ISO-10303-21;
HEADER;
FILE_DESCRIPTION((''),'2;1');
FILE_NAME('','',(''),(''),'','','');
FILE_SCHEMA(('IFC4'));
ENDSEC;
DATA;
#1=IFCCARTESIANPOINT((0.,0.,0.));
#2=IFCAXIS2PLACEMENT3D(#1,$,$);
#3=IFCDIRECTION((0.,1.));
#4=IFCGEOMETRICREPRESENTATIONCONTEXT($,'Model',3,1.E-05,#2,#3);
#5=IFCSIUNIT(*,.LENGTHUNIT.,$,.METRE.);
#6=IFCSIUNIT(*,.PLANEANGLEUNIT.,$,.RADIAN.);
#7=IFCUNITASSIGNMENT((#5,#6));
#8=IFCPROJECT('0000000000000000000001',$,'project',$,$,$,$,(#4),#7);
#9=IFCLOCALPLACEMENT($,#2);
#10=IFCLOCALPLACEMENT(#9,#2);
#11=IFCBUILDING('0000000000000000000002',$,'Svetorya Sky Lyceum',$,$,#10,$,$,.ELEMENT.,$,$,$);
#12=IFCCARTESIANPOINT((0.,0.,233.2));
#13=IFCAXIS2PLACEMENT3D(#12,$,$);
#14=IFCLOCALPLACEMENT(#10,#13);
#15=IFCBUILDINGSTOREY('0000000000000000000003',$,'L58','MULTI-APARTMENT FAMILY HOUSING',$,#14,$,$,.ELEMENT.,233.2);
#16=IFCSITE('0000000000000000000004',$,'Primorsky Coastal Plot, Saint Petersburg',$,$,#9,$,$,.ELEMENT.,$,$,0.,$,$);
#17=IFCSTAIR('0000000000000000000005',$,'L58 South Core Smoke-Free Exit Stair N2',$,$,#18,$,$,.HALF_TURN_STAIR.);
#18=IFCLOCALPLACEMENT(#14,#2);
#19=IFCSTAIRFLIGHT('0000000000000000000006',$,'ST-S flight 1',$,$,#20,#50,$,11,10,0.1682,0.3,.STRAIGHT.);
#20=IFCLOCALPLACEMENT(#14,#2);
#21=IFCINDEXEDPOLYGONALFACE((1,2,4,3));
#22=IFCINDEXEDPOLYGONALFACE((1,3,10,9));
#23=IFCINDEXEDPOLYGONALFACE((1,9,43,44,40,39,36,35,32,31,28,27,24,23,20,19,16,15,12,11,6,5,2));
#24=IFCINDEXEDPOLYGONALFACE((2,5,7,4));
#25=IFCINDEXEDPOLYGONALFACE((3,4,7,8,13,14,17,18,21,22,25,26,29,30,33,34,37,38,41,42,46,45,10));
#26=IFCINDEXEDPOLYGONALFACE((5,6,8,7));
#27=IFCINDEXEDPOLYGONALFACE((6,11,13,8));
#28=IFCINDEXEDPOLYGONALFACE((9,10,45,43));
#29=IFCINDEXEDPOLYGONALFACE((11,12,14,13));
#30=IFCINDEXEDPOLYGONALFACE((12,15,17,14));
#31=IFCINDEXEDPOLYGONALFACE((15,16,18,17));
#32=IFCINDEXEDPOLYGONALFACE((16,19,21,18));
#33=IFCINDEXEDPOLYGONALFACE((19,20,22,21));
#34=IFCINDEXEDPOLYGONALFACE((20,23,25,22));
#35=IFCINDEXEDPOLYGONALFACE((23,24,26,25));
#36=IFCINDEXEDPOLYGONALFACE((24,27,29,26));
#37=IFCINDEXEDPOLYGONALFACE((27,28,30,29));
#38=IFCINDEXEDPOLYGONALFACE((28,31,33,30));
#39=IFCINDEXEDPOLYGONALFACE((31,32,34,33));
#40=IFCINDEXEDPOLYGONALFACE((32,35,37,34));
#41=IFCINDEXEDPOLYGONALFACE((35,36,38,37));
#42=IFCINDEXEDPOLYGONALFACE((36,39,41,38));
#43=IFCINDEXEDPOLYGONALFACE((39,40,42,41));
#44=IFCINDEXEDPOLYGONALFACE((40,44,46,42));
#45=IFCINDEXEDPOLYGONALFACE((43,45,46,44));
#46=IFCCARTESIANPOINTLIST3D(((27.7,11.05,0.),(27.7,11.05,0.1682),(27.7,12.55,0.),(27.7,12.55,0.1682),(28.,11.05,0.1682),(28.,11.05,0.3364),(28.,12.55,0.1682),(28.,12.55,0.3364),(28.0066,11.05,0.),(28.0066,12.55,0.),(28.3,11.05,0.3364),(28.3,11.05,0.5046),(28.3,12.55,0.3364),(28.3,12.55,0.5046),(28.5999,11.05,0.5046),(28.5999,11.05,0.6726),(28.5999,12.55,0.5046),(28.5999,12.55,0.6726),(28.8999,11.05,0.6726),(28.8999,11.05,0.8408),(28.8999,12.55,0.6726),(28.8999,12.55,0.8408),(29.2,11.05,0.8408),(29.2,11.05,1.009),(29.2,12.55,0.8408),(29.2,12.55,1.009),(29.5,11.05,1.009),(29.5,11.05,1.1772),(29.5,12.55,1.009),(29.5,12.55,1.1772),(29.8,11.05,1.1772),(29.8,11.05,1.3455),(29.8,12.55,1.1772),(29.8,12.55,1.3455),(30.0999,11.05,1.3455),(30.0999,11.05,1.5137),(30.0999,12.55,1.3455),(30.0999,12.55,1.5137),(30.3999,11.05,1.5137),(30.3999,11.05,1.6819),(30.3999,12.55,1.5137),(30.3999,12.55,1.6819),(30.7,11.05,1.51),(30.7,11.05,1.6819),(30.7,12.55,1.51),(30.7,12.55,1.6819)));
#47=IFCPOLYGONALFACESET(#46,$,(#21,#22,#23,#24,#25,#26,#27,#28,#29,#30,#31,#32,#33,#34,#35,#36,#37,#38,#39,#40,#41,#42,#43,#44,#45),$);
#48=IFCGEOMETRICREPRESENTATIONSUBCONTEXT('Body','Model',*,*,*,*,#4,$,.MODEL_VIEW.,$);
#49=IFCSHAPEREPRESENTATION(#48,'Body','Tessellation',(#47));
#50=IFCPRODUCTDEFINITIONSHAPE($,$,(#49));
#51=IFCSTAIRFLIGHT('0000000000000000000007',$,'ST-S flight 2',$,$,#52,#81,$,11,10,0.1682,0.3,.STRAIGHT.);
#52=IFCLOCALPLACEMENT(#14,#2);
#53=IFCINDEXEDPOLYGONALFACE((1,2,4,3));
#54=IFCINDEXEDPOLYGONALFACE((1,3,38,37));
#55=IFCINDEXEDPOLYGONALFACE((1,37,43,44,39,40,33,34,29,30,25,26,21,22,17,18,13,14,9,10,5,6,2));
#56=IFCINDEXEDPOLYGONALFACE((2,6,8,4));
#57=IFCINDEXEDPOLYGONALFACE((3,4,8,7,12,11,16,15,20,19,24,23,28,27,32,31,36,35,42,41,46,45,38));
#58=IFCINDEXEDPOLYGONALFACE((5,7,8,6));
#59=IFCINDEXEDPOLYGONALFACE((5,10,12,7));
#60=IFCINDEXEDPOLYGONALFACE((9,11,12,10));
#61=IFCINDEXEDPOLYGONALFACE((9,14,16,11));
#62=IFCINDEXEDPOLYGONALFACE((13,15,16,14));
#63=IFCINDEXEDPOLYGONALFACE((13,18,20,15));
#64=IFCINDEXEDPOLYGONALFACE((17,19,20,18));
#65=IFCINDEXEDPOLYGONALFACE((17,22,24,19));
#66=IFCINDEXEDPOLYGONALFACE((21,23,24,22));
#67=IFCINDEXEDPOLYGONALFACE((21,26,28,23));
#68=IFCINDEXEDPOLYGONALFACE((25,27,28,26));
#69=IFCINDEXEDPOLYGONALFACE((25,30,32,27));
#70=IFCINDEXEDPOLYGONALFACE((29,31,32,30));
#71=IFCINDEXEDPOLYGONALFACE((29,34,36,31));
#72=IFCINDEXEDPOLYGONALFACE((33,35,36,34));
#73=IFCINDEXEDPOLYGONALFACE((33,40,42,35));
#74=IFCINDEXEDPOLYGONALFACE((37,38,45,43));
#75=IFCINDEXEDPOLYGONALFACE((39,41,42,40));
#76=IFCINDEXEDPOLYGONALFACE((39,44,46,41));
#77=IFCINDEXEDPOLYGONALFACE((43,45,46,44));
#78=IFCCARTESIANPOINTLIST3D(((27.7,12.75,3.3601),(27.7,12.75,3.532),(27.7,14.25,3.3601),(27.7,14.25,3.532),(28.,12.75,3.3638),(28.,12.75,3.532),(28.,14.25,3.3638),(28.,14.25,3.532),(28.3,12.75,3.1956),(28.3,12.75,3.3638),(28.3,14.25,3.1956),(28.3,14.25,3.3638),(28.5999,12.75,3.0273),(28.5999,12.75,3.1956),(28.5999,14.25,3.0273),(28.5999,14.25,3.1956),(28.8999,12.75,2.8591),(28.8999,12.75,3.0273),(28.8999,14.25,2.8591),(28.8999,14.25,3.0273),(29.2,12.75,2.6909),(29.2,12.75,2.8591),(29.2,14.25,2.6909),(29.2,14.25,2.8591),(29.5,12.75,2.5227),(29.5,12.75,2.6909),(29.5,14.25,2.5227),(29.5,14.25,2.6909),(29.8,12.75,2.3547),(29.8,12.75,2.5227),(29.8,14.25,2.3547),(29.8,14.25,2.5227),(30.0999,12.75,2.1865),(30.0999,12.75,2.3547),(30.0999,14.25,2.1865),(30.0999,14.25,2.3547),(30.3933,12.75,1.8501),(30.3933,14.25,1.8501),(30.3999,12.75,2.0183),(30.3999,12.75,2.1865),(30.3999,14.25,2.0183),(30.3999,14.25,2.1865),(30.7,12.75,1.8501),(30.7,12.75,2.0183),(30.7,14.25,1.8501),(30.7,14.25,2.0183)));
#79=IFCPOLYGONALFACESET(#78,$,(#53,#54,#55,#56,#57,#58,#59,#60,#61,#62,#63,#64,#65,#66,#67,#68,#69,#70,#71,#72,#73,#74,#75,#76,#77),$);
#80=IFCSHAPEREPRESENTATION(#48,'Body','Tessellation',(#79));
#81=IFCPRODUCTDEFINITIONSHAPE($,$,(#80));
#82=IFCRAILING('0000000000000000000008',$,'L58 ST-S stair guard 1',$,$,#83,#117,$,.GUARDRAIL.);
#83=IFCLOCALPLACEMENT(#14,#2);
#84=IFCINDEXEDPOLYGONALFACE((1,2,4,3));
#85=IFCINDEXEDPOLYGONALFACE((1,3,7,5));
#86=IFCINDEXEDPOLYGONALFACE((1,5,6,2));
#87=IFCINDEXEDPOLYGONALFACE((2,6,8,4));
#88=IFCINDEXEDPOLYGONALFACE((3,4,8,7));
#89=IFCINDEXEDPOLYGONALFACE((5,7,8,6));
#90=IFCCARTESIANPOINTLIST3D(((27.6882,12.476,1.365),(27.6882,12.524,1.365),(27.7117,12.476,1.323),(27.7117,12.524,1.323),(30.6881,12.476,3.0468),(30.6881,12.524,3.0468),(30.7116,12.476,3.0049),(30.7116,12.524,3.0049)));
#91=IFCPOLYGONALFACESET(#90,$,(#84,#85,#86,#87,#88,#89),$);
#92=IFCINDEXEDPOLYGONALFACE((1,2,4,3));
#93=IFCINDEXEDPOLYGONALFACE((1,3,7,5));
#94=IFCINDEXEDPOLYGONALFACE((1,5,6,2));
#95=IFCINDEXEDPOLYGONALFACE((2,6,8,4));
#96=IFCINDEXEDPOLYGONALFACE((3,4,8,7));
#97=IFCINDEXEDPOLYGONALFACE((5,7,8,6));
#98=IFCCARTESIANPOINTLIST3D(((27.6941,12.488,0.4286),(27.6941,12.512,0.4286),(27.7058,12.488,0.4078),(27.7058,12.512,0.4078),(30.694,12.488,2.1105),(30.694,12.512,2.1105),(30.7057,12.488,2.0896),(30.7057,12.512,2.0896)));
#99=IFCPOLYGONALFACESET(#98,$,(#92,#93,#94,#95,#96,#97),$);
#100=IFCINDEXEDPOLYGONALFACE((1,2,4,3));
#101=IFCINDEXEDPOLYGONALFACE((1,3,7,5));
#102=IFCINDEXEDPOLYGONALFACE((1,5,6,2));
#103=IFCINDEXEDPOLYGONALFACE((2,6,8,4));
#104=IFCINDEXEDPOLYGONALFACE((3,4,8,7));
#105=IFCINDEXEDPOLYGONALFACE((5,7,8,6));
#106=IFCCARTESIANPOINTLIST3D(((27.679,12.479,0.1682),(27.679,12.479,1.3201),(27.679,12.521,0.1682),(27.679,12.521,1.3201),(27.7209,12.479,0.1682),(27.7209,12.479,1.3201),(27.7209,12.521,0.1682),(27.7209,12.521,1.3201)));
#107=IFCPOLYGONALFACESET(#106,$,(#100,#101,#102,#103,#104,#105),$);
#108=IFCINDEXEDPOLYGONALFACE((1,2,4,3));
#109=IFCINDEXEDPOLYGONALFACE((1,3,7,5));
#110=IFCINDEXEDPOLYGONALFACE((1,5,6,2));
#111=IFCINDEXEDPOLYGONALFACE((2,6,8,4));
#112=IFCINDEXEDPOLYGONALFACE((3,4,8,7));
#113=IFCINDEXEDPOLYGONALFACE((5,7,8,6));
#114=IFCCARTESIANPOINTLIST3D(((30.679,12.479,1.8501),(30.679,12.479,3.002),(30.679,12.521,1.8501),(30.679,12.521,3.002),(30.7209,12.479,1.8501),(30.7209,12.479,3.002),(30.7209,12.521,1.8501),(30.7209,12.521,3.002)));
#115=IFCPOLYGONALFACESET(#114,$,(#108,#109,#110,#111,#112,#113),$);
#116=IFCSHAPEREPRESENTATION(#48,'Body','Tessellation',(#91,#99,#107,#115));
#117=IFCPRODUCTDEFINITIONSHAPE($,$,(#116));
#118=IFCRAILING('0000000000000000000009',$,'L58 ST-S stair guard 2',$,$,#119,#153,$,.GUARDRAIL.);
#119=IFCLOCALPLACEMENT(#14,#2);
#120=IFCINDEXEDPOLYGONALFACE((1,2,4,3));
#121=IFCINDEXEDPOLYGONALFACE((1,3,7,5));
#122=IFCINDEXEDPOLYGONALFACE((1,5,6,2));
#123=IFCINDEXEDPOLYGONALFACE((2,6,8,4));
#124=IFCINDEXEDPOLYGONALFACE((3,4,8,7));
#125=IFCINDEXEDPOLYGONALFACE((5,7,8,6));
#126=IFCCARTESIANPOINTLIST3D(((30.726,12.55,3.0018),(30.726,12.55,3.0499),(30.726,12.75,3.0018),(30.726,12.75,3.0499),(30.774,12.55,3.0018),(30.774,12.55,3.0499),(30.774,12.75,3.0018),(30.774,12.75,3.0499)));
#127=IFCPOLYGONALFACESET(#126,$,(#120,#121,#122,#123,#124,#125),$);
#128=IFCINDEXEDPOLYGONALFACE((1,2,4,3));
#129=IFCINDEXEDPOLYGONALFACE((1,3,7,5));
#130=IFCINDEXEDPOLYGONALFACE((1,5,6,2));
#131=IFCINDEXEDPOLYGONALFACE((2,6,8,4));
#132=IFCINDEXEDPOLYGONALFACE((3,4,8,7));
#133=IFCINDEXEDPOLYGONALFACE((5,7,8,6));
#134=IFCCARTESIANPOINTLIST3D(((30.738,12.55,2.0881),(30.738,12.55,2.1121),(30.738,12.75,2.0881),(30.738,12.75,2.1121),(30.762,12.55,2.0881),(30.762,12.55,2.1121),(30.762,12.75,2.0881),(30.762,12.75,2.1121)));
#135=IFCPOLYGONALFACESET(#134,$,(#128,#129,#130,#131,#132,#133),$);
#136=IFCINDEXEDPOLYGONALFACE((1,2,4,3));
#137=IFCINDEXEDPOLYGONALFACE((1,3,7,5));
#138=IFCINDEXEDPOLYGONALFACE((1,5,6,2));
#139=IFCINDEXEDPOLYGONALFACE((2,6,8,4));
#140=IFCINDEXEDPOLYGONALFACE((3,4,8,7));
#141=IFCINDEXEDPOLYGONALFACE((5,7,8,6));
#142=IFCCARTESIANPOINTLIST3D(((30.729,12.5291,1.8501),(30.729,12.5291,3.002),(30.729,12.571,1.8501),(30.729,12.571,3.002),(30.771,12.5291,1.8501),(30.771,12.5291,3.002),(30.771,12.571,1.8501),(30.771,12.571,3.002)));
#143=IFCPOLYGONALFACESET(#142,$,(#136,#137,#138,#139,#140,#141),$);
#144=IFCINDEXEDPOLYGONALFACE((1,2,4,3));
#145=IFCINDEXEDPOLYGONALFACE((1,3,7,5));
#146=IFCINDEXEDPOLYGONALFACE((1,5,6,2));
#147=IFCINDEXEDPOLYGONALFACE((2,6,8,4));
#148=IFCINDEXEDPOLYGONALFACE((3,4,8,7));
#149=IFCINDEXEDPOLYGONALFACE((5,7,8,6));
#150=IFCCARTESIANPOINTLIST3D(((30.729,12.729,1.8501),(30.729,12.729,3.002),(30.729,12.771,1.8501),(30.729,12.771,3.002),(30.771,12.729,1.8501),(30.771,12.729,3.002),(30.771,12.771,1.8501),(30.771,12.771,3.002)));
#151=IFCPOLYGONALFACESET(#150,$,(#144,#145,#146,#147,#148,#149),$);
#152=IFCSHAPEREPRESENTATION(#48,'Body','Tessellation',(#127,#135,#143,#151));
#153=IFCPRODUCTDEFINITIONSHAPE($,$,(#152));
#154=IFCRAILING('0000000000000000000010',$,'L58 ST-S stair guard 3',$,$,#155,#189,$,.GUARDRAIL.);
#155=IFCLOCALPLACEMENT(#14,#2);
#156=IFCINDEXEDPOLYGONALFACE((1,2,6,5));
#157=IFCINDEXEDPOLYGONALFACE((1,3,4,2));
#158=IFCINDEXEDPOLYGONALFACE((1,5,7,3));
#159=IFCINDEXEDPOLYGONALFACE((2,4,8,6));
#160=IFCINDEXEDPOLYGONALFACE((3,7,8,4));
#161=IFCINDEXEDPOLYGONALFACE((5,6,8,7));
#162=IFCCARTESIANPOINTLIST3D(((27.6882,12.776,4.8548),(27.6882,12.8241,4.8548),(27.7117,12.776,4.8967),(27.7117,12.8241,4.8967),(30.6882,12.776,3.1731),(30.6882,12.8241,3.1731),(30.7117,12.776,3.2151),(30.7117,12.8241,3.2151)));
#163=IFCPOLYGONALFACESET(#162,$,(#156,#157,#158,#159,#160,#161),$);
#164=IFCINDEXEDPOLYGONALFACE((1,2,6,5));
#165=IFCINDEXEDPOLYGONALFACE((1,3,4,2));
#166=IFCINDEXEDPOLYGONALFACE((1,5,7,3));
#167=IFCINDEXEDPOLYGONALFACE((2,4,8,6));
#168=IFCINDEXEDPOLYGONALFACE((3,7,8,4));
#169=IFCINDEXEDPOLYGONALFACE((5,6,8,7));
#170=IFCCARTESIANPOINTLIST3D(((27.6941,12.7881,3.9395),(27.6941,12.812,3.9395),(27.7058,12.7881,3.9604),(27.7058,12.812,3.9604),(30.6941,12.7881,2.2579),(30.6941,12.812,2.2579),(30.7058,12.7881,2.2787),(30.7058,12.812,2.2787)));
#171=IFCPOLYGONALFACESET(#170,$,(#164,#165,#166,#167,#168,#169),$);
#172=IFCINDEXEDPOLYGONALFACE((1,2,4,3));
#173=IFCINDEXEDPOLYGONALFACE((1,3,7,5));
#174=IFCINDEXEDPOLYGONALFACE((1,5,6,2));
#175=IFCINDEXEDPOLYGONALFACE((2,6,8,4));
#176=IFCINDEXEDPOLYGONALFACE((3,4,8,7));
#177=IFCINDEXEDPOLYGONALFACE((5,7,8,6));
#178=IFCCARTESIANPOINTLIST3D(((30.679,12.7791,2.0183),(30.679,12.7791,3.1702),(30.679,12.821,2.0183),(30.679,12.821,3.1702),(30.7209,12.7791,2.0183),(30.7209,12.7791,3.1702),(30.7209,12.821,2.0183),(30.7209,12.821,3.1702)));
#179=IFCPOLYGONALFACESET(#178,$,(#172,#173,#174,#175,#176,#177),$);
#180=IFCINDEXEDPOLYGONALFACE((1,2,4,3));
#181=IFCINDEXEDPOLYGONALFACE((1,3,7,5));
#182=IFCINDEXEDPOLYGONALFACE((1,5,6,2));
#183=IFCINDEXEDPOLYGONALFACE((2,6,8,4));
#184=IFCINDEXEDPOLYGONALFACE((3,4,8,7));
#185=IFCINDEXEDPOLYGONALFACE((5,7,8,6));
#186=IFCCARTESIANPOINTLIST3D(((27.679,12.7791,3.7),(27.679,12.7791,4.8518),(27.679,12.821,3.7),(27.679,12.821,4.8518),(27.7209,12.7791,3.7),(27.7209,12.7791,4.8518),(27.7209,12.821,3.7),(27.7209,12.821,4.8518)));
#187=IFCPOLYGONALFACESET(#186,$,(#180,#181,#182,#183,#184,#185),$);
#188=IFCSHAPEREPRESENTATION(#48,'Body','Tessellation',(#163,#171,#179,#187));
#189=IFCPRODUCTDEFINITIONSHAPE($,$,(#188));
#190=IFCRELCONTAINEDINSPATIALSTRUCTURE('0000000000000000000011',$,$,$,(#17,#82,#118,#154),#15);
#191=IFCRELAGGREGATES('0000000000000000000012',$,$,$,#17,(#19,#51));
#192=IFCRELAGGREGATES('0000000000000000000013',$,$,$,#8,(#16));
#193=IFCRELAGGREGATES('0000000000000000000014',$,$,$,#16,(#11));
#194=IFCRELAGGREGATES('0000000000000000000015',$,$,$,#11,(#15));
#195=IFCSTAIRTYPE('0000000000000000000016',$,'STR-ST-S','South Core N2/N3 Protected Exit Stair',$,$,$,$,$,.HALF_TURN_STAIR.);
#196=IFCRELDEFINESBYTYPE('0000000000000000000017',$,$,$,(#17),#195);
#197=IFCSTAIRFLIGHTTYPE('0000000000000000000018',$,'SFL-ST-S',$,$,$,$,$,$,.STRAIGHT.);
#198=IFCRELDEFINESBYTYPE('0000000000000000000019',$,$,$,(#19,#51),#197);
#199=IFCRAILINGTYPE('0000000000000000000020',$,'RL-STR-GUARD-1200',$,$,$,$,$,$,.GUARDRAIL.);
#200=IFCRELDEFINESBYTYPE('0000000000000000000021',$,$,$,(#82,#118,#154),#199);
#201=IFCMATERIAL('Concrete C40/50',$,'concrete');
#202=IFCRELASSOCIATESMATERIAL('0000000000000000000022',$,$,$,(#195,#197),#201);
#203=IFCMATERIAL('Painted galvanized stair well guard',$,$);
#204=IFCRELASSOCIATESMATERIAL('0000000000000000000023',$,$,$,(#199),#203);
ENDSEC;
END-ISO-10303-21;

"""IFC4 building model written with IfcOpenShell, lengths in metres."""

from ifc_helpers import new_model, si_unit, direction, frame, origin, origin_2d, place, context, subcontext, project, spatial, polyline, rectangle, outline, extrude, material, type_object, element, aggregate, save


model = new_model("IFC4")

# Units and contexts
model_context = context("Model", 3, precision=1e-05, world=origin(), true_north=direction((0.0, 1.0)))
body_context = subcontext(model_context, "Body", "Model", "MODEL_VIEW")
ifc_project = project(units=[si_unit("LENGTHUNIT", "METRE"), si_unit("PLANEANGLEUNIT", "RADIAN")], contexts=[model_context])

# Site, building, storey
site_placement = place(None, origin())
site = spatial("IfcSite", under=ifc_project, at=site_placement, Name="Primorsky Coastal Plot, Saint Petersburg", CompositionType="ELEMENT", RefElevation=0.0)
building_placement = place(site_placement, origin())
building = spatial("IfcBuilding", under=site, at=building_placement, Name="Svetorya Sky Lyceum", CompositionType="ELEMENT")
storey_placement = place(building_placement, frame((0.0, 0.0, 233.2)))
storey = spatial("IfcBuildingStorey", under=building, at=storey_placement, Name="L58", Description="MULTI-APARTMENT FAMILY HOUSING", CompositionType="ELEMENT", Elevation=233.2)

# Stair, stair flights
ifc_material_1 = material(Name="Concrete C40/50", Category="concrete")
stair_type = type_object("IfcStairType", Name="STR-ST-S", Description="South Core N2/N3 Protected Exit Stair", PredefinedType="HALF_TURN_STAIR", material=ifc_material_1)
stair_placement = place(storey_placement, origin())
stair = element("IfcStair", 1, at=stair_placement, inside=storey, type_object=stair_type, Name="L58 South Core Smoke-Free Exit Stair N2", PredefinedType="HALF_TURN_STAIR")
stair_flight_type = type_object("IfcStairFlightType", Name="SFL-ST-S", PredefinedType="STRAIGHT", material=ifc_material_1)
stair_flight_1_placement = place(storey_placement, frame((27.7, 11.8, 0.0), z_axis=(0.0, 0.0, 1.0), x_axis=(1.0, 0.0, 0.0)))
stair_flight_1 = element("IfcStairFlight", 2, at=stair_flight_1_placement, type_object=stair_flight_type, Name="ST-S flight 1", NumberOfRisers=11, NumberOfTreads=10, PredefinedType="STRAIGHT", RiserHeight=0.1682, TreadLength=0.3, context=body_context, shape_type="SweptSolid", body=[
    extrude(outline(polyline([(0.0, 0.0), (0.0, 0.1682), (0.3, 0.1682), (0.3, 0.3364), (0.6001, 0.3364), (0.6001, 0.5046), (0.8999, 0.5046), (0.8999, 0.6726), (1.2, 0.6726), (1.2, 0.8408), (1.5, 0.8408), (1.5, 1.009), (1.8, 1.009), (1.8, 1.1772), (2.1001, 1.1772), (2.1001, 1.3455), (2.3999, 1.3455), (2.3999, 1.5137), (2.7, 1.5137), (2.7, 1.6819), (3.0, 1.6819), (3.0, 1.8501), (3.0, 1.51), (0.3066, 0.0), (0.0, 0.0)])), frame((0.0, 0.75, 0.0), z_axis=(0.0, -1.0, 0.0), x_axis=(1.0, 0.0, 0.0)), (0.0, 0.0, 1.0), 1.5),
])
stair_flight_2_placement = place(storey_placement, frame((30.7, 13.5, 1.8501), z_axis=(0.0, 0.0, 1.0), x_axis=(-1.0, 0.0, 0.0)))
stair_flight_2 = element("IfcStairFlight", 3, at=stair_flight_2_placement, type_object=stair_flight_type, Name="ST-S flight 2", NumberOfRisers=11, NumberOfTreads=10, PredefinedType="STRAIGHT", RiserHeight=0.1682, TreadLength=0.3, context=body_context, shape_type="SweptSolid", body=[
    extrude(outline(polyline([(0.0, 0.0), (0.0, 0.1682), (0.3, 0.1682), (0.3, 0.3364), (0.6001, 0.3364), (0.6001, 0.5046), (0.8999, 0.5046), (0.8999, 0.6726), (1.2, 0.6726), (1.2, 0.8408), (1.5, 0.8408), (1.5, 1.009), (1.8, 1.009), (1.8, 1.1772), (2.1001, 1.1772), (2.1001, 1.3455), (2.3999, 1.3455), (2.3999, 1.5137), (2.7, 1.5137), (2.7, 1.6819), (3.0, 1.6819), (3.0, 1.8501), (3.0, 1.51), (0.3066, 0.0), (0.0, 0.0)])), frame((0.0, 0.75, 0.0), z_axis=(0.0, -1.0, 0.0), x_axis=(1.0, 0.0, 0.0)), (0.0, 0.0, 1.0), 1.5),
])
aggregate(stair, [stair_flight_1, stair_flight_2])

# Railings
ifc_material_2 = material(Name="Painted galvanized stair well guard")
railing_type_1 = type_object("IfcRailingType", Name="RL-STR-GUARD-1200", PredefinedType="GUARDRAIL", material=ifc_material_2)
railing_1_placement = place(storey_placement, frame((27.7, 12.5, 0.1682)))
element("IfcRailing", 4, at=railing_1_placement, inside=storey, type_object=railing_type_1, Name="L58 ST-S stair guard 1", PredefinedType="GUARDRAIL", context=body_context, shape_type="SweptSolid", body=[
    extrude(rectangle(XDim=0.0481, YDim=0.0481, at=origin_2d()), frame((0.0, 0.0, 1.1758), z_axis=(0.872272, 0.0, 0.48902), x_axis=(0.0, 1.0, 0.0)), (0.0, 0.0, 1.0), 3.4392),
    extrude(rectangle(XDim=0.0239, YDim=0.0239, at=origin_2d()), frame((0.0, 0.0, 0.25), z_axis=(0.872272, 0.0, 0.48902), x_axis=(0.0, 1.0, 0.0)), (0.0, 0.0, 1.0), 3.4392),
    extrude(rectangle(XDim=0.042, YDim=0.042, at=origin_2d()), origin(), (0.0, 0.0, 1.0), 1.1519),
    extrude(rectangle(XDim=0.042, YDim=0.042, at=origin_2d()), frame((3.0, 0.0, 1.6819)), (0.0, 0.0, 1.0), 1.1519),
])
railing_2_placement = place(storey_placement, frame((30.75, 12.55, 1.8501)))
element("IfcRailing", 5, at=railing_2_placement, inside=storey, type_object=railing_type_1, Name="L58 ST-S stair guard 2", PredefinedType="GUARDRAIL", context=body_context, shape_type="SweptSolid", body=[
    extrude(rectangle(XDim=0.0481, YDim=0.0481, at=origin_2d()), frame((0.0, 0.0, 1.1758), z_axis=(0.0, 1.0, 0.0), x_axis=(-1.0, 0.0, 0.0)), (0.0, 0.0, 1.0), 0.2),
    extrude(rectangle(XDim=0.0239, YDim=0.0239, at=origin_2d()), frame((0.0, 0.0, 0.25), z_axis=(0.0, 1.0, 0.0), x_axis=(-1.0, 0.0, 0.0)), (0.0, 0.0, 1.0), 0.2),
    extrude(rectangle(XDim=0.042, YDim=0.042, at=origin_2d()), origin(), (0.0, 0.0, 1.0), 1.1519),
    extrude(rectangle(XDim=0.042, YDim=0.042, at=origin_2d()), frame((0.0, 0.2, 0.0)), (0.0, 0.0, 1.0), 1.1519),
])
railing_3_placement = place(storey_placement, frame((30.7, 12.8, 2.0183)))
element("IfcRailing", 6, at=railing_3_placement, inside=storey, type_object=railing_type_1, Name="L58 ST-S stair guard 3", PredefinedType="GUARDRAIL", context=body_context, shape_type="SweptSolid", body=[
    extrude(rectangle(XDim=0.0481, YDim=0.0481, at=origin_2d()), frame((0.0, 0.0, 1.1758), z_axis=(-0.872303, 0.0, 0.488966), x_axis=(0.0, -1.0, 0.0)), (0.0, 0.0, 1.0), 3.4392),
    extrude(rectangle(XDim=0.0239, YDim=0.0239, at=origin_2d()), frame((0.0, 0.0, 0.25), z_axis=(-0.872303, 0.0, 0.488966), x_axis=(0.0, -1.0, 0.0)), (0.0, 0.0, 1.0), 3.4392),
    extrude(rectangle(XDim=0.042, YDim=0.042, at=origin_2d()), origin(), (0.0, 0.0, 1.0), 1.1519),
    extrude(rectangle(XDim=0.042, YDim=0.042, at=origin_2d()), frame((-3.0, 0.0, 1.6816)), (0.0, 0.0, 1.0), 1.1519),
])

save(model, "model.ifc")
